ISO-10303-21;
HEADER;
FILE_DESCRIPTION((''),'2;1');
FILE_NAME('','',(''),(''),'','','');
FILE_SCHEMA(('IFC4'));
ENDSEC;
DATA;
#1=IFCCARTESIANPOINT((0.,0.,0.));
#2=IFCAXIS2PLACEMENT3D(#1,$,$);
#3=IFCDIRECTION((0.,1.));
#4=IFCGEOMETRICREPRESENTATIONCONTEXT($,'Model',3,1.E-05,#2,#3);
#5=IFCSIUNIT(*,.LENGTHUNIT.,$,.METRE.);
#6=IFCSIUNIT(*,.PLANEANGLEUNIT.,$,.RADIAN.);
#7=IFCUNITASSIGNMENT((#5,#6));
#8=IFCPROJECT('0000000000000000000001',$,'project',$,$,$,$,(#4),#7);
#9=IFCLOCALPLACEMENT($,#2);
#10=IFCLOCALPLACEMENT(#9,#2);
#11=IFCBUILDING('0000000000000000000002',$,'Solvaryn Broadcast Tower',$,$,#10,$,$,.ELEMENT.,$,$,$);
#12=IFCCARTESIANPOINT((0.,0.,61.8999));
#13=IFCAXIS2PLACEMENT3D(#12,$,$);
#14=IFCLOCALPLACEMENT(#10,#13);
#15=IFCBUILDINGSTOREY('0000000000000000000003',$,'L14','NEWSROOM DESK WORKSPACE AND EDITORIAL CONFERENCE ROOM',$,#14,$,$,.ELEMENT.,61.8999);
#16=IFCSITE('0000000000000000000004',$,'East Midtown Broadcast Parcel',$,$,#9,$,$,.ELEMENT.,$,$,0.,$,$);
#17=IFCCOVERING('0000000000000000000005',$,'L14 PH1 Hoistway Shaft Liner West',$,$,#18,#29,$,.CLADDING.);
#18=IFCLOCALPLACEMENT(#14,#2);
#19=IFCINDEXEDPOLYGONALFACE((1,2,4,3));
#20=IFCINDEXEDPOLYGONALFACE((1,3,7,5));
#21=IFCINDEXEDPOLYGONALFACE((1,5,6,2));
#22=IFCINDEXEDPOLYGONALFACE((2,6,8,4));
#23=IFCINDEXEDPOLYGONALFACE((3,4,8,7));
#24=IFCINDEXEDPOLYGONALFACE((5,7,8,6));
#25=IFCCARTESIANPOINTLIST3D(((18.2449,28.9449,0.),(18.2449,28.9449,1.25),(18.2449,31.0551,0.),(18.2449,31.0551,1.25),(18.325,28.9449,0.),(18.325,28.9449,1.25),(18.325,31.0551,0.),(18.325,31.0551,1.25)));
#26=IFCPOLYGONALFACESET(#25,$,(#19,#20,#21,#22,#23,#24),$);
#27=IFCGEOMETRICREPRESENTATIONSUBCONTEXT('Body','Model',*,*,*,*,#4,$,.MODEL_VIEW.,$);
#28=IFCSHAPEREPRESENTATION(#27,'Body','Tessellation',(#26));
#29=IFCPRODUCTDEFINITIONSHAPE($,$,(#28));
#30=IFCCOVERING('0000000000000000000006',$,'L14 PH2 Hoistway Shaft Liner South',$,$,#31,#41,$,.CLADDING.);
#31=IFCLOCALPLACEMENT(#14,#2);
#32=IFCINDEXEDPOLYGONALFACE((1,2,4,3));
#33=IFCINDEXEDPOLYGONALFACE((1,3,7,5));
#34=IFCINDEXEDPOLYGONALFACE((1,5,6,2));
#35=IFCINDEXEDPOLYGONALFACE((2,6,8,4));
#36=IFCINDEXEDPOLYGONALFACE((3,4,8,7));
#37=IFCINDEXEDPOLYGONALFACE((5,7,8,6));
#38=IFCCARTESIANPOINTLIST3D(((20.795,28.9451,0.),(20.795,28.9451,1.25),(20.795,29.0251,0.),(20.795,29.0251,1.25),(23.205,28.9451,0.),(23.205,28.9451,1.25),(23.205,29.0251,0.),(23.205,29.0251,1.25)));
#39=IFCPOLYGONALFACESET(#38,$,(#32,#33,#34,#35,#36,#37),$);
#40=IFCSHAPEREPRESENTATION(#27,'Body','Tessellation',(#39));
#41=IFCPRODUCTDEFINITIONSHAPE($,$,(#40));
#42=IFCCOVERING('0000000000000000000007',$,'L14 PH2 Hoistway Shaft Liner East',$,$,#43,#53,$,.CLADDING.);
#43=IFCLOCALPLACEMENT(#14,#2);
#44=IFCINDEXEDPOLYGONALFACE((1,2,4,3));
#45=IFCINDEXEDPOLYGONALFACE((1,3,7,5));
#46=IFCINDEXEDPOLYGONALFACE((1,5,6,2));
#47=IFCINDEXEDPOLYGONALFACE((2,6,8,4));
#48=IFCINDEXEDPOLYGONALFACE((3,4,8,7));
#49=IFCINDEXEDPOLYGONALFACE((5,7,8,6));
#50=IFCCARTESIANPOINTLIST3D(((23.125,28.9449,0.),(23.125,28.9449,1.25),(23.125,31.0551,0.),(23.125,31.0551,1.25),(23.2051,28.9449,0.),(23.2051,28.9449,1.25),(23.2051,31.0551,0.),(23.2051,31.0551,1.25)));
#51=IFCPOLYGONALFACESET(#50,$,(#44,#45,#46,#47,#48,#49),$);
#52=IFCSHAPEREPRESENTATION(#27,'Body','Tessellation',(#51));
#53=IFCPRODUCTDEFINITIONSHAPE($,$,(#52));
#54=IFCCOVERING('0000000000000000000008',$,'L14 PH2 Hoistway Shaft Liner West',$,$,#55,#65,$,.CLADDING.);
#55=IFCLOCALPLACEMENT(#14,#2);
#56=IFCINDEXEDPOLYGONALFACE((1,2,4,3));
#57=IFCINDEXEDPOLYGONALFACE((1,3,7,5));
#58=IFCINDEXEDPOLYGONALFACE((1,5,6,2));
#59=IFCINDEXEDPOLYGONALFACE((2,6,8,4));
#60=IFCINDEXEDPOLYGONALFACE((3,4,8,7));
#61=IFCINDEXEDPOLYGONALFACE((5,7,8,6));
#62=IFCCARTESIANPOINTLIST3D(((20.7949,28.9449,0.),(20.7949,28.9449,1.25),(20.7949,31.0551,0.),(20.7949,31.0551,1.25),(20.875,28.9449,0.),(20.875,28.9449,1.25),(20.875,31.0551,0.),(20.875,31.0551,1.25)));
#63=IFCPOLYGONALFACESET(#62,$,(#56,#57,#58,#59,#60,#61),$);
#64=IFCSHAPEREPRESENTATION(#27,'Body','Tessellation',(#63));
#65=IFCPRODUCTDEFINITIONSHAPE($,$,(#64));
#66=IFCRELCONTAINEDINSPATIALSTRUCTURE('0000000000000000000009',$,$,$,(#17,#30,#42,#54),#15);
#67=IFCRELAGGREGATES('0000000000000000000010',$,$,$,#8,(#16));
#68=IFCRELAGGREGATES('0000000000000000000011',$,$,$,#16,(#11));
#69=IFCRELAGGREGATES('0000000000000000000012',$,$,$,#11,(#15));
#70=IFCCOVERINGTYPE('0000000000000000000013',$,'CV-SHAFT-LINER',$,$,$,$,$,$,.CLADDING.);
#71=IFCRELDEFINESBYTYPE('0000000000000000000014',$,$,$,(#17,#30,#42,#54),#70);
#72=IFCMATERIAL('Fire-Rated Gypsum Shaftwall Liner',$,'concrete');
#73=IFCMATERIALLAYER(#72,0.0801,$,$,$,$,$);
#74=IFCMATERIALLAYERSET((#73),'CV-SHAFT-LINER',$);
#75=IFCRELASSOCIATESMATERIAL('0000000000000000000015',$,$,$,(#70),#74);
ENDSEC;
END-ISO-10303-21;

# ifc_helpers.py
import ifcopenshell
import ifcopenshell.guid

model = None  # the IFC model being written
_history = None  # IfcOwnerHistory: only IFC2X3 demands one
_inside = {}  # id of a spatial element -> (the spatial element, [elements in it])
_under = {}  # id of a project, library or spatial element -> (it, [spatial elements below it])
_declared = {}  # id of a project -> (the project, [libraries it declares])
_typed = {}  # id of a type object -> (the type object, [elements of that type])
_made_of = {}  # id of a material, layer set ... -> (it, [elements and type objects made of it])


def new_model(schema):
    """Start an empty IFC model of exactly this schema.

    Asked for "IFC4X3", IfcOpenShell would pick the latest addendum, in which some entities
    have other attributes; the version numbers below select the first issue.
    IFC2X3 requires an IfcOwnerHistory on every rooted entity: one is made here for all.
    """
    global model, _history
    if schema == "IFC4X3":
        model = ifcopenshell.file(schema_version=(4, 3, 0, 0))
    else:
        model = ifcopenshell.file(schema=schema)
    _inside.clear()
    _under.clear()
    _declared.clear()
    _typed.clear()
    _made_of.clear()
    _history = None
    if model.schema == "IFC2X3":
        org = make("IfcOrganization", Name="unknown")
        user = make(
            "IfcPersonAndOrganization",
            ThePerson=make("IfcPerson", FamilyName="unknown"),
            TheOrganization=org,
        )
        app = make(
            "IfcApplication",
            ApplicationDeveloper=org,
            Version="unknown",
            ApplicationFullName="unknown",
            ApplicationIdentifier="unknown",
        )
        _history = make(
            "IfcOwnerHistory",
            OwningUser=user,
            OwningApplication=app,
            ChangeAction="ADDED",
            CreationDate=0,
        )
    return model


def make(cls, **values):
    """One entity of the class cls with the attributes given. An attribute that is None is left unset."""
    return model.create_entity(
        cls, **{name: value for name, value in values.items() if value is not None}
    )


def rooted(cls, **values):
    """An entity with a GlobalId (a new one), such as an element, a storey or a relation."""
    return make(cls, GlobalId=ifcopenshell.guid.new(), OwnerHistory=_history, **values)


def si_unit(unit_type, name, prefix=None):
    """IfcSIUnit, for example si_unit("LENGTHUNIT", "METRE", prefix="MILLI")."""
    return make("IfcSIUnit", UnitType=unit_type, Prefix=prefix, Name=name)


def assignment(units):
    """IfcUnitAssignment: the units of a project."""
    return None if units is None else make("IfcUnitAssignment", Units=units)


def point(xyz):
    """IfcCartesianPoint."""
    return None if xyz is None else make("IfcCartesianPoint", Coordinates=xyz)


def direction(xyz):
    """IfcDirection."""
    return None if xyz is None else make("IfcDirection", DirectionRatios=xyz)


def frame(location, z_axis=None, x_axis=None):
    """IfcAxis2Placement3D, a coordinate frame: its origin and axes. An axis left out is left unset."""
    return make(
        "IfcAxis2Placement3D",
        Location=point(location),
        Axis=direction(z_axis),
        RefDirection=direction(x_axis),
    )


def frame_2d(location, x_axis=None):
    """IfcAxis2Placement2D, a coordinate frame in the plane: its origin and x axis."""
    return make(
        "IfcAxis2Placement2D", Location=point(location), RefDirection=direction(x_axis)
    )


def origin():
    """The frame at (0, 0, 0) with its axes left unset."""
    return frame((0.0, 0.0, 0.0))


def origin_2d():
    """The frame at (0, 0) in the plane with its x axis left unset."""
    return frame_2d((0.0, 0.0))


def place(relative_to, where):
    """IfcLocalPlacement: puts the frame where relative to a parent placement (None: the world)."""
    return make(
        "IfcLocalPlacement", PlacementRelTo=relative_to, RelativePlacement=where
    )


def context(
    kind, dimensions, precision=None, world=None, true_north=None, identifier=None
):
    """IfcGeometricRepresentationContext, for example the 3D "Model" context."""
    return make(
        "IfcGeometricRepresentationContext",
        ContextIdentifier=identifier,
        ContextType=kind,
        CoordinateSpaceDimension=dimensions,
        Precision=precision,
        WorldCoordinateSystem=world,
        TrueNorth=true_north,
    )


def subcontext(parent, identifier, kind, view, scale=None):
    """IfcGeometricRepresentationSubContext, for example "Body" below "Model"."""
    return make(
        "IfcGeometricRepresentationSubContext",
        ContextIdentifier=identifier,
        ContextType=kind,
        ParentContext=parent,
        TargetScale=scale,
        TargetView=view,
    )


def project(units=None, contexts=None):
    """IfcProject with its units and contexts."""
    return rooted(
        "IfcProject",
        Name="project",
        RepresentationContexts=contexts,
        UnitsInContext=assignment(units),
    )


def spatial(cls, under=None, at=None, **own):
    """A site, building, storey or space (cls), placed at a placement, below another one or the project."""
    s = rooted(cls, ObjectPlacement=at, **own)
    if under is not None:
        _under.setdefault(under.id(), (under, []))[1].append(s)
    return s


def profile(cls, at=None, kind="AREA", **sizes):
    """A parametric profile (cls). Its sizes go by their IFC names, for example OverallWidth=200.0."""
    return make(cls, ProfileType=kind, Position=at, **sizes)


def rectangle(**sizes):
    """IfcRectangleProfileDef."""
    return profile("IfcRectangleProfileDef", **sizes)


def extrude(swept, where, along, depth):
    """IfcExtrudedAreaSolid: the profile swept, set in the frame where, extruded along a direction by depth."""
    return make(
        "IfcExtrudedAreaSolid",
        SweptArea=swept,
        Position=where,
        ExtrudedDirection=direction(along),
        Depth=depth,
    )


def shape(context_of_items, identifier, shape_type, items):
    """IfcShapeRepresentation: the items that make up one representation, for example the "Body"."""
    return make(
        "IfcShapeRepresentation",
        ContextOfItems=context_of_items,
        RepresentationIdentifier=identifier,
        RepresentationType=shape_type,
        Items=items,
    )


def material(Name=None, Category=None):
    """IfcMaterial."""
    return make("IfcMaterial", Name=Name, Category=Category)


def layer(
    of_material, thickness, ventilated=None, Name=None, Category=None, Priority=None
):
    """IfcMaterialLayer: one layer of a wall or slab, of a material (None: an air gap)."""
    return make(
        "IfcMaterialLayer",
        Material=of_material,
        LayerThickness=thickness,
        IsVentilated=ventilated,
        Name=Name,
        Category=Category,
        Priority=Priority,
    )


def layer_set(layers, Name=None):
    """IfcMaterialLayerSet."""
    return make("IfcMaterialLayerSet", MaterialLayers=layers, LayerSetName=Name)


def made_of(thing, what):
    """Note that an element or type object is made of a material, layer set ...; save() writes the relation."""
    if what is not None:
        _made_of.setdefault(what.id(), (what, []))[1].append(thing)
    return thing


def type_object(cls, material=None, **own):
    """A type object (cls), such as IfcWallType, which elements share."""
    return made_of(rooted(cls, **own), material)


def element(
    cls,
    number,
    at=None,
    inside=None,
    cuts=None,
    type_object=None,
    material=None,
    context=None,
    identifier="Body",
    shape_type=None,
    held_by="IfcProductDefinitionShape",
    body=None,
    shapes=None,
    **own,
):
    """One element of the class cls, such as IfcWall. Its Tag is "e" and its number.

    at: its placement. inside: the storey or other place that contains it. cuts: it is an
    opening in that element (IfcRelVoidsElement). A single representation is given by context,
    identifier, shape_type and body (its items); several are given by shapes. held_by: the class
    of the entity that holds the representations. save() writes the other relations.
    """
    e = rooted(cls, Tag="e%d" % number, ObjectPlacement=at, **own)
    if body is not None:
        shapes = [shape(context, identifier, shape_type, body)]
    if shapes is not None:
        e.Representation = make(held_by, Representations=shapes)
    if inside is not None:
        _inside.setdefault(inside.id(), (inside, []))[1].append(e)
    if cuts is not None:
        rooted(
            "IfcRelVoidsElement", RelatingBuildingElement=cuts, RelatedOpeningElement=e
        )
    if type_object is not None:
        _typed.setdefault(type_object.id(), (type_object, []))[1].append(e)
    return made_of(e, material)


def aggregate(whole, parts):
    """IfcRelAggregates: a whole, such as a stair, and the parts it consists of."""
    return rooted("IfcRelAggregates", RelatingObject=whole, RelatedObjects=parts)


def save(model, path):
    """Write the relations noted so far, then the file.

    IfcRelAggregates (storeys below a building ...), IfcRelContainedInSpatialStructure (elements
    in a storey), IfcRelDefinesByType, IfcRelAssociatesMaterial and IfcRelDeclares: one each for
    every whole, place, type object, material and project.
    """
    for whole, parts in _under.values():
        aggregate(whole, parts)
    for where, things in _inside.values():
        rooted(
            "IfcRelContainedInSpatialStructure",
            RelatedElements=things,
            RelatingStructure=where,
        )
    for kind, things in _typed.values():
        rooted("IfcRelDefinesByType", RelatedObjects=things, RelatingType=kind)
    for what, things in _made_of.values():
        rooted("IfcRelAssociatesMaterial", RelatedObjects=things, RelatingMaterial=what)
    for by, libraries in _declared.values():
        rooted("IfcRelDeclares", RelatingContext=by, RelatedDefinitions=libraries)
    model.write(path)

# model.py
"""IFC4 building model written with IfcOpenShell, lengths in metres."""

from ifc_helpers import new_model, si_unit, direction, frame, origin, origin_2d, place, context, subcontext, project, spatial, rectangle, extrude, material, layer, layer_set, type_object, element, save


model = new_model("IFC4")

# Units and contexts
model_context = context("Model", 3, precision=1e-05, world=origin(), true_north=direction((0.0, 1.0)))
body_context = subcontext(model_context, "Body", "Model", "MODEL_VIEW")
ifc_project = project(units=[si_unit("LENGTHUNIT", "METRE"), si_unit("PLANEANGLEUNIT", "RADIAN")], contexts=[model_context])

# Site, building, storey
site_placement = place(None, origin())
site = spatial("IfcSite", under=ifc_project, at=site_placement, Name="East Midtown Broadcast Parcel", CompositionType="ELEMENT", RefElevation=0.0)
building_placement = place(site_placement, origin())
building = spatial("IfcBuilding", under=site, at=building_placement, Name="Solvaryn Broadcast Tower", CompositionType="ELEMENT")
storey_placement = place(building_placement, frame((0.0, 0.0, 61.8999)))
storey = spatial("IfcBuildingStorey", under=building, at=storey_placement, Name="L14", Description="NEWSROOM DESK WORKSPACE AND EDITORIAL CONFERENCE ROOM", CompositionType="ELEMENT", Elevation=61.8999)

# Coverings
ifc_material_1 = material(Name="Fire-Rated Gypsum Shaftwall Liner", Category="concrete")
ifc_layer_1 = layer(ifc_material_1, 0.0801)
ifc_layer_set_1 = layer_set([ifc_layer_1], Name="CV-SHAFT-LINER")
covering_type = type_object("IfcCoveringType", Name="CV-SHAFT-LINER", PredefinedType="CLADDING", material=ifc_layer_set_1)
for number, where, z_axis, x_axis, name in (
    (1, (18.2849, 30.0, 0.0), (0.0, 0.0, 1.0), (1.0, 0.0, 0.0), "L14 PH1 Hoistway Shaft Liner West"),
):
    element("IfcCovering", number, at=place(storey_placement, frame(where, z_axis=z_axis, x_axis=x_axis)), inside=storey, type_object=covering_type, Name=name, PredefinedType="CLADDING", context=body_context, shape_type="SweptSolid", body=[
        extrude(rectangle(XDim=0.0801, YDim=2.1101, at=origin_2d()), origin(), (0.0, 0.0, 1.0), 1.25),
    ])
covering_placement = place(storey_placement, frame((22.0, 28.9851, 0.0), z_axis=(0.0, 0.0, 1.0), x_axis=(1.0, 0.0, 0.0)))
element("IfcCovering", 2, at=covering_placement, inside=storey, type_object=covering_type, Name="L14 PH2 Hoistway Shaft Liner South", PredefinedType="CLADDING", context=body_context, shape_type="SweptSolid", body=[
    extrude(rectangle(XDim=2.4099, YDim=0.0801, at=origin_2d()), origin(), (0.0, 0.0, 1.0), 1.25),
])
for number, where, z_axis, x_axis, name in (
    (3, (23.165, 30.0, 0.0), (0.0, 0.0, 1.0), (1.0, 0.0, 0.0), "L14 PH2 Hoistway Shaft Liner East"),
    (4, (20.835, 30.0, 0.0), (0.0, 0.0, 1.0), (1.0, 0.0, 0.0), "L14 PH2 Hoistway Shaft Liner West"),
):
    element("IfcCovering", number, at=place(storey_placement, frame(where, z_axis=z_axis, x_axis=x_axis)), inside=storey, type_object=covering_type, Name=name, PredefinedType="CLADDING", context=body_context, shape_type="SweptSolid", body=[
        extrude(rectangle(XDim=0.0801, YDim=2.1101, at=origin_2d()), origin(), (0.0, 0.0, 1.0), 1.25),
    ])

save(model, "model.ifc")
